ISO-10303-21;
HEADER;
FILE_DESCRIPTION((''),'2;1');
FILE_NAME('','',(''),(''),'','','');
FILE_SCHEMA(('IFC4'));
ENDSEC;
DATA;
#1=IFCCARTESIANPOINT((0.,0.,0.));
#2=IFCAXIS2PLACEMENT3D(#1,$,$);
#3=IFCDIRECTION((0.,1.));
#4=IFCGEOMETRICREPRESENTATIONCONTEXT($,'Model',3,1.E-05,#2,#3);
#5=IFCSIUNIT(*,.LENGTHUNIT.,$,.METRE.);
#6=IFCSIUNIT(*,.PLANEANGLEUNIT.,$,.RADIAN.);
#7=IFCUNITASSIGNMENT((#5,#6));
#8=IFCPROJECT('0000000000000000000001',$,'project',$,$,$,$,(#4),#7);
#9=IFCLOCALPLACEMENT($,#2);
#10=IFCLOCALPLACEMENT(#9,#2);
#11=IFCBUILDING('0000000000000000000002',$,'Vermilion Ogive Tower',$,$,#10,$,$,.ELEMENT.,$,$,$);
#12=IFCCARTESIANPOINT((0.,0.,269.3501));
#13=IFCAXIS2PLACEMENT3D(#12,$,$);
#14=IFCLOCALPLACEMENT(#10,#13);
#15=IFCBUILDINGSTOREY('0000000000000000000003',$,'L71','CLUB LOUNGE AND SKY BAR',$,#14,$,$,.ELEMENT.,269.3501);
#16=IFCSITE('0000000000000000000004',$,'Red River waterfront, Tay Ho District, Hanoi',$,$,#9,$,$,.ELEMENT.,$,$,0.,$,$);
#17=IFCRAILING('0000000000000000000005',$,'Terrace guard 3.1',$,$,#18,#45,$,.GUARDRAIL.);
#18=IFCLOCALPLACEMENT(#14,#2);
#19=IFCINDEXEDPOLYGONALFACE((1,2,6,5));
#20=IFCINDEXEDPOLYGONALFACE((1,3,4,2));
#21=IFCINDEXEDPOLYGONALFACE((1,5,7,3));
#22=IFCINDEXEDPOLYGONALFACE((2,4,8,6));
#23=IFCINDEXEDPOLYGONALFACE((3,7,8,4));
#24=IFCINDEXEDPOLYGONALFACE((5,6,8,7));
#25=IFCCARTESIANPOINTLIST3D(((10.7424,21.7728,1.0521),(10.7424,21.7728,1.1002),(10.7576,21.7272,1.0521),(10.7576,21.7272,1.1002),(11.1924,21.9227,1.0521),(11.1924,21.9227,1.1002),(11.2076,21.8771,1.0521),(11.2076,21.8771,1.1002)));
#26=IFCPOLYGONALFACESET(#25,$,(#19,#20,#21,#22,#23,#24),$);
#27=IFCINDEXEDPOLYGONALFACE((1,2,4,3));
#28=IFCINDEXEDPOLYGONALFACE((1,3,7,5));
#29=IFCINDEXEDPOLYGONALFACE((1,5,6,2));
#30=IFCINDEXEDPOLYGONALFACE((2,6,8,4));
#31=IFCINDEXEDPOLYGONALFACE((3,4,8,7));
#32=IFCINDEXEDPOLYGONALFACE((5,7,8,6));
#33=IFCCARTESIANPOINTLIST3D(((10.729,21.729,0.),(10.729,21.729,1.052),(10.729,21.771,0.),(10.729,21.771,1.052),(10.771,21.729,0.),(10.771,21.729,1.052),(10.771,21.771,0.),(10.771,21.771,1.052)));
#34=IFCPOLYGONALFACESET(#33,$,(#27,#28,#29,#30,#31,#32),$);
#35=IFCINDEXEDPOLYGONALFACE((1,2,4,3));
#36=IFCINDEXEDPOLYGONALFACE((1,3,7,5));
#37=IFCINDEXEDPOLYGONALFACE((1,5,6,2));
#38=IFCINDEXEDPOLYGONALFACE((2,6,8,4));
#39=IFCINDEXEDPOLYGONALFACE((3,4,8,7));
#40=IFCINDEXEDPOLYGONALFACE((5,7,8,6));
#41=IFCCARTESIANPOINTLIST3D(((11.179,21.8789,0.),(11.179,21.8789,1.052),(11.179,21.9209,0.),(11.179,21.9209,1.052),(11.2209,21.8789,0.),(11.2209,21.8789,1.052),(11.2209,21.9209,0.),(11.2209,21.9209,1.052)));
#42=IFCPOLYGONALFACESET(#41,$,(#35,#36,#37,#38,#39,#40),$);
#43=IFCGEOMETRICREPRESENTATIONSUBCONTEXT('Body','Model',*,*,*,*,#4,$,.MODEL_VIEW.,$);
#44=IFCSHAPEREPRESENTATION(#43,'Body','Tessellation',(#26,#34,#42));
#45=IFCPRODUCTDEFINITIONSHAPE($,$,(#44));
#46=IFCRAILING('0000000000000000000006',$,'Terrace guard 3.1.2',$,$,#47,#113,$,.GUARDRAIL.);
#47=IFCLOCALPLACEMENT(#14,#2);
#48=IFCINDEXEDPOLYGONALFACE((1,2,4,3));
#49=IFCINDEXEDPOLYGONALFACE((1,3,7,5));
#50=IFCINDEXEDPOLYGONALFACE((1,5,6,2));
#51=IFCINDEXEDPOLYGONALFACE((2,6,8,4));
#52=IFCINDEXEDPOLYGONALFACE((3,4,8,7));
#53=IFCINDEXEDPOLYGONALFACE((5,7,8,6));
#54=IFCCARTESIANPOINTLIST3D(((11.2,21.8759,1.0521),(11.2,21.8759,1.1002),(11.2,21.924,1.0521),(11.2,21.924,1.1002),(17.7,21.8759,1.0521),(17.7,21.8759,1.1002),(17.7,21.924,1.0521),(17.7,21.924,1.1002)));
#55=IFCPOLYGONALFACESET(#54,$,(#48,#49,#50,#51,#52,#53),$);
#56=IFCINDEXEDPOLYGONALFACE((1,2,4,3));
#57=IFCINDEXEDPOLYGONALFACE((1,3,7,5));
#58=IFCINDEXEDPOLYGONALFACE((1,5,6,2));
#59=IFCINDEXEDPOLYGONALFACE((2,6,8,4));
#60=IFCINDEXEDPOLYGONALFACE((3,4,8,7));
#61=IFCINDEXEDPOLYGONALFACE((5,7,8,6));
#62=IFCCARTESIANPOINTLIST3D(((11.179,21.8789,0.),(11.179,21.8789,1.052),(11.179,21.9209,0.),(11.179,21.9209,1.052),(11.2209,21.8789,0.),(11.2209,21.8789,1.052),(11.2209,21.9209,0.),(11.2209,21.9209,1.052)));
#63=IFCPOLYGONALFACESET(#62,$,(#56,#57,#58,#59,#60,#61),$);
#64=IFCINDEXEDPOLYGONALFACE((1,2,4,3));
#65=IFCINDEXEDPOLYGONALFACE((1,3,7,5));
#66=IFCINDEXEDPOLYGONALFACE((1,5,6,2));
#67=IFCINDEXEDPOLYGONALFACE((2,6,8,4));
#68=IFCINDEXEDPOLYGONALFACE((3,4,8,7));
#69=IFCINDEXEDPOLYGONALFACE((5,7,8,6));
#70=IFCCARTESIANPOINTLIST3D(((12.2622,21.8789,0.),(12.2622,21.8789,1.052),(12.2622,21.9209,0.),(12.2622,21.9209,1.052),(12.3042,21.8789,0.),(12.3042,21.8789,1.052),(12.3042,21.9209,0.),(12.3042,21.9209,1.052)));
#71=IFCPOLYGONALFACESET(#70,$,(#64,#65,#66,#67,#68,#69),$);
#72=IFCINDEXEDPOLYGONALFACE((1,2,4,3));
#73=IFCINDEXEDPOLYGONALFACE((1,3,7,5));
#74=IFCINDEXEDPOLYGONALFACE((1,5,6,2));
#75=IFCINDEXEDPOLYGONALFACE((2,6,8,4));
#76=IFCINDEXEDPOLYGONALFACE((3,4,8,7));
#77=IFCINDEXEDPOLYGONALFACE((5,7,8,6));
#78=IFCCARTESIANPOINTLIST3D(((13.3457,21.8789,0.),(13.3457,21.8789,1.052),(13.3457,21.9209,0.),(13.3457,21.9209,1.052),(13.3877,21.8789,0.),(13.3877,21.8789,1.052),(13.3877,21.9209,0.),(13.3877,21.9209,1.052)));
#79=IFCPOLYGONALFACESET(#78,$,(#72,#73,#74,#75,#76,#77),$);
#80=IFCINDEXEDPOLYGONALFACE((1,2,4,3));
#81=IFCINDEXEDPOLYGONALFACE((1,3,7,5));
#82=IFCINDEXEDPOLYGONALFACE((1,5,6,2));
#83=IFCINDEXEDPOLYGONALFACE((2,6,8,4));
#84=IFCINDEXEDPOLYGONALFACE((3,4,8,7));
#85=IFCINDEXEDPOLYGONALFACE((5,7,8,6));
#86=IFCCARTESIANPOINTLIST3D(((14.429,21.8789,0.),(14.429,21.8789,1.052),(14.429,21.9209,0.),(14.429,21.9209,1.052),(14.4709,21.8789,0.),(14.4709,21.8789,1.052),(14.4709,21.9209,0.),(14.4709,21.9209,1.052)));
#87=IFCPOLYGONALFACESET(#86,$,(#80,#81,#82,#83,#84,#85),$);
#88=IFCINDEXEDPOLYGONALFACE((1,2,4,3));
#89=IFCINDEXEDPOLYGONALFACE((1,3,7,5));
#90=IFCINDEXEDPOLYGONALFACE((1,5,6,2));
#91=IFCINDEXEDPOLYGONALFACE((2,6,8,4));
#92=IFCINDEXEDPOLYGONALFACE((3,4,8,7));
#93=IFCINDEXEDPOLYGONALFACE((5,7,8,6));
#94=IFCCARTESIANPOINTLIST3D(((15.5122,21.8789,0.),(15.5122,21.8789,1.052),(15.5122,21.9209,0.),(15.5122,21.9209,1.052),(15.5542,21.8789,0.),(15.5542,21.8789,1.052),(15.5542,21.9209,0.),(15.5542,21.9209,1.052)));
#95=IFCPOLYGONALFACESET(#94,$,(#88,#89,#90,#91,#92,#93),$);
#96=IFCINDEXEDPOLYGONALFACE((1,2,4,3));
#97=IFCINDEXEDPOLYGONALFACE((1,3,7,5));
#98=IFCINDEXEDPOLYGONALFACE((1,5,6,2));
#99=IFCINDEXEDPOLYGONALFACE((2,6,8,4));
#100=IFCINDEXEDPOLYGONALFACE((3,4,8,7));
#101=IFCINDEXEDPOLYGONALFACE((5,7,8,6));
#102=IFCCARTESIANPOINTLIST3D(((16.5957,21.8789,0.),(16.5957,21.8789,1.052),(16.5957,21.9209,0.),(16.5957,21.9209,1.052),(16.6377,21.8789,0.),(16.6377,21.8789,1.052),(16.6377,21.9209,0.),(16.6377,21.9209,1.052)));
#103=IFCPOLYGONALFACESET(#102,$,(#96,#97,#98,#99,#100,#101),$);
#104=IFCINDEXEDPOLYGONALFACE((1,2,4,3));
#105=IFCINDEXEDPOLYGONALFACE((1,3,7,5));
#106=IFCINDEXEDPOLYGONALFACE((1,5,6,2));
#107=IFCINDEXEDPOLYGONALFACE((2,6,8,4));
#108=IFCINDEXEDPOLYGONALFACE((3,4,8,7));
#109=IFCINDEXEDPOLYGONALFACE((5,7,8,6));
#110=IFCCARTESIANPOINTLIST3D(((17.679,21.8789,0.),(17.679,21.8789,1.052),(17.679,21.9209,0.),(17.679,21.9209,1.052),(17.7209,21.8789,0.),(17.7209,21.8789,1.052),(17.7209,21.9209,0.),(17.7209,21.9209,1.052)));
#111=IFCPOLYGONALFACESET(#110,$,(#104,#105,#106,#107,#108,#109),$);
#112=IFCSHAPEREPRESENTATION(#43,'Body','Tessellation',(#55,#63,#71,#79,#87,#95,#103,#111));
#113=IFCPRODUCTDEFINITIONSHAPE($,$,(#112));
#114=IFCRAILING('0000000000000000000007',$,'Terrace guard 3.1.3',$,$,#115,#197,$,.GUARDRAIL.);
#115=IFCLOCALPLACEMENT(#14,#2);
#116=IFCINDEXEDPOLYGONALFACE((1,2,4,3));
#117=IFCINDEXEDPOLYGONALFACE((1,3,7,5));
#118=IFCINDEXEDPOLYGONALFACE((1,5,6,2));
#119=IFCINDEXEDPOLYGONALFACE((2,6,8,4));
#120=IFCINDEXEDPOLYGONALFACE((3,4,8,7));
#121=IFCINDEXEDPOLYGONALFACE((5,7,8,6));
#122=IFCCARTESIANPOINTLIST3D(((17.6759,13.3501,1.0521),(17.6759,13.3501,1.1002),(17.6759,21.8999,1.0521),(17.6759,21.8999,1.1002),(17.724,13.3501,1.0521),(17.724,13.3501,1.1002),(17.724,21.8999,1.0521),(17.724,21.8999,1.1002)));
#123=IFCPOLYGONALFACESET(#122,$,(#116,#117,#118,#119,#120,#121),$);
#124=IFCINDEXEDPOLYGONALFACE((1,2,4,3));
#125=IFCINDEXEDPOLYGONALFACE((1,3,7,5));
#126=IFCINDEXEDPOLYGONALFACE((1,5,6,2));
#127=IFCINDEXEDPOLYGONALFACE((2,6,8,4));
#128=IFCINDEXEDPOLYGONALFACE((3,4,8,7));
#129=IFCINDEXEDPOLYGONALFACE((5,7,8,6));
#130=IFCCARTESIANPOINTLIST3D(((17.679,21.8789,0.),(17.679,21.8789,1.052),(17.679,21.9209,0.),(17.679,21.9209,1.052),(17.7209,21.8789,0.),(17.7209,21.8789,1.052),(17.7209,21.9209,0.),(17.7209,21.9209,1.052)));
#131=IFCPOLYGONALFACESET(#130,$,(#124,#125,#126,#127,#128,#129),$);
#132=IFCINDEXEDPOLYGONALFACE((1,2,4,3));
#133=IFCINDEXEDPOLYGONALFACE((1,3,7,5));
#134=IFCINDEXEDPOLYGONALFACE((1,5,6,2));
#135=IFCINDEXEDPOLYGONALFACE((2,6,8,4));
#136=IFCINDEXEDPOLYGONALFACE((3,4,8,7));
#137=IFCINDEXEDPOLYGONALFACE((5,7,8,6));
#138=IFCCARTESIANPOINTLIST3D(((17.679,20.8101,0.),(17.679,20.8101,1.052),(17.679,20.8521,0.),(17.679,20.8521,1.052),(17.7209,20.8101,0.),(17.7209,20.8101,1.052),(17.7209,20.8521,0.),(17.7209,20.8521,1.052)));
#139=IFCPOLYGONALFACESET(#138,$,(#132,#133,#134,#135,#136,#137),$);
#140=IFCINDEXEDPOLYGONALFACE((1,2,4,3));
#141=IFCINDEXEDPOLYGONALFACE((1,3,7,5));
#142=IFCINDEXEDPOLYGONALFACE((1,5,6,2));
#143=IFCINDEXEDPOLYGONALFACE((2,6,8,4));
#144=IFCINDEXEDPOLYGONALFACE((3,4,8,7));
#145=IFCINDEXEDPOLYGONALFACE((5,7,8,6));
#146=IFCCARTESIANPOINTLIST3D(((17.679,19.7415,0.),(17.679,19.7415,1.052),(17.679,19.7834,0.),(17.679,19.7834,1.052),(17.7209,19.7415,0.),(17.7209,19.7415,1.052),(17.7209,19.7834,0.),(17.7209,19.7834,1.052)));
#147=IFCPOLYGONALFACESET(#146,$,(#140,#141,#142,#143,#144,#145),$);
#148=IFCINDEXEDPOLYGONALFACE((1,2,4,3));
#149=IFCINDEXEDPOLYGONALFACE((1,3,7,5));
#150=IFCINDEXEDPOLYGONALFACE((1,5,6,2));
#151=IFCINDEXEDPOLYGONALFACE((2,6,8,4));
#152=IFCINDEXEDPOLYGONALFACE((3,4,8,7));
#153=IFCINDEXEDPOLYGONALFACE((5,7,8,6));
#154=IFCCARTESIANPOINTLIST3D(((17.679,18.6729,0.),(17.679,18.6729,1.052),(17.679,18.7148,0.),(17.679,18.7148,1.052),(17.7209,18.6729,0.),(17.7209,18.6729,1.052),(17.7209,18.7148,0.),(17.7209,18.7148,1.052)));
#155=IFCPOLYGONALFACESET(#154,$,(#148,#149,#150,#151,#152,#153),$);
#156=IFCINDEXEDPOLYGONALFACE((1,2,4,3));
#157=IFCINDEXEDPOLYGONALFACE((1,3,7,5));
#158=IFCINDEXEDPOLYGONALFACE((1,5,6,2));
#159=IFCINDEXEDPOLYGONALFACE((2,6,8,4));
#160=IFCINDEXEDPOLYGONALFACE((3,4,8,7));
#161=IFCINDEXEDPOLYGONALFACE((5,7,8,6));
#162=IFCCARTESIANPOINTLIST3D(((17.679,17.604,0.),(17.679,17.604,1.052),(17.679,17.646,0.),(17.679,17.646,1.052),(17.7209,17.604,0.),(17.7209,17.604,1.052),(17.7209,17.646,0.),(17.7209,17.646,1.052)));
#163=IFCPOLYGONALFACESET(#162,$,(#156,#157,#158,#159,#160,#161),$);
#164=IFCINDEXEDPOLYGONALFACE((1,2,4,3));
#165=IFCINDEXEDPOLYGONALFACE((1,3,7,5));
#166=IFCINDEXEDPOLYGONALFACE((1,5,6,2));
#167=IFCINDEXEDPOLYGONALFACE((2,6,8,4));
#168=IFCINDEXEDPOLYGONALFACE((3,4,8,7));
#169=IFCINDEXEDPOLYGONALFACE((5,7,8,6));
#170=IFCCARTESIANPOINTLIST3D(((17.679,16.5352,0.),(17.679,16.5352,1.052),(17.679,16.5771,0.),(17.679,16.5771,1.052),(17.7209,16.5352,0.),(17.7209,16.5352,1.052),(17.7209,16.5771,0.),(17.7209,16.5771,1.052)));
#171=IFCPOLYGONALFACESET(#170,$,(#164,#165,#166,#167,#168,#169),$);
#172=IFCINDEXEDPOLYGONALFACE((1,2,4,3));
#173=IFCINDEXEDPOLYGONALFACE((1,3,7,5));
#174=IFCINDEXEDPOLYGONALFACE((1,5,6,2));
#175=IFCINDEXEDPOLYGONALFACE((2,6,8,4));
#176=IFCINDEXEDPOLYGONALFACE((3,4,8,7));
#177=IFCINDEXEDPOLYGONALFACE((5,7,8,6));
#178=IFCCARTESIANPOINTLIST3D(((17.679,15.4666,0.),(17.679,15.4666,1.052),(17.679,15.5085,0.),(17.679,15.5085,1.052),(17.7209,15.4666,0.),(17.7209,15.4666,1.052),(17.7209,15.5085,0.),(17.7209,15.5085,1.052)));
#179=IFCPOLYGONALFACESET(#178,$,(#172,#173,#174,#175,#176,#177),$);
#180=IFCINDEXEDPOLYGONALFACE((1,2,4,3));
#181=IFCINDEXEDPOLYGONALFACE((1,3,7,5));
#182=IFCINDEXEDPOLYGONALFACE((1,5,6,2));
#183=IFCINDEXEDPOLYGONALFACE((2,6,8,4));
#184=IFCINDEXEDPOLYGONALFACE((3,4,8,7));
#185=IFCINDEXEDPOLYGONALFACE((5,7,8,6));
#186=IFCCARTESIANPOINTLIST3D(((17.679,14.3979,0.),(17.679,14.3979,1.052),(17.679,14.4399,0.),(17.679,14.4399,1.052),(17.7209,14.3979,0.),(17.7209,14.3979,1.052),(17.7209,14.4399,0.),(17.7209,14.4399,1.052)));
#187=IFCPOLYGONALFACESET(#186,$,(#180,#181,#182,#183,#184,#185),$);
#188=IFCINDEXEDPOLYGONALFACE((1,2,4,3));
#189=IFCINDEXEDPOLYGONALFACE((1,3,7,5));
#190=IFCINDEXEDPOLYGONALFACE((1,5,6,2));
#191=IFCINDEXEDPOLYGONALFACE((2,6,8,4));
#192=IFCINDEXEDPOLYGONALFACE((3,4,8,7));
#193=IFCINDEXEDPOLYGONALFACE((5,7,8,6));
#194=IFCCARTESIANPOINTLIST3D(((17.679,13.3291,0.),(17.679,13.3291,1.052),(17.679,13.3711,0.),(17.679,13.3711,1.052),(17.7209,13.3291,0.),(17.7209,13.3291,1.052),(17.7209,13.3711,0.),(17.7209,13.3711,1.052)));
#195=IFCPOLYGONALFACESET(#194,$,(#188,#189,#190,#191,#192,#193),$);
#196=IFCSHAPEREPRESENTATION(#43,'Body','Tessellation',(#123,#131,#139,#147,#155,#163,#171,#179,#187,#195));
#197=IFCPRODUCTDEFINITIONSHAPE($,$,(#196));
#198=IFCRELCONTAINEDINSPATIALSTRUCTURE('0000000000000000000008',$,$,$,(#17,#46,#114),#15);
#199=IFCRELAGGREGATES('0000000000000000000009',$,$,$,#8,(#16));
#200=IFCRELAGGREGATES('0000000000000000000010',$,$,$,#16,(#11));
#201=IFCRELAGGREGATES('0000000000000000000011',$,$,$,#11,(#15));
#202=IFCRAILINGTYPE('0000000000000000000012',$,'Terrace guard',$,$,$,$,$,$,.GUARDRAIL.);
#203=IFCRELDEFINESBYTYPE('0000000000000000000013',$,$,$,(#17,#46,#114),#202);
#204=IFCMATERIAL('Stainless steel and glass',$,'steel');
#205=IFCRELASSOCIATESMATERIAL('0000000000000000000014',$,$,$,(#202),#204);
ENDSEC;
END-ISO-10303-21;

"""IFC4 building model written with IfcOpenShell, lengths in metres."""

from ifc_helpers import new_model, si_unit, direction, frame, origin, origin_2d, place, context, subcontext, project, spatial, rectangle, extrude, material, type_object, element, save


model = new_model("IFC4")

# Units and contexts
model_context = context("Model", 3, precision=1e-05, world=origin(), true_north=direction((0.0, 1.0)))
body_context = subcontext(model_context, "Body", "Model", "MODEL_VIEW")
ifc_project = project(units=[si_unit("LENGTHUNIT", "METRE"), si_unit("PLANEANGLEUNIT", "RADIAN")], contexts=[model_context])

# Site, building, storey
site_placement = place(None, origin())
site = spatial("IfcSite", under=ifc_project, at=site_placement, Name="Red River waterfront, Tay Ho District, Hanoi", CompositionType="ELEMENT", RefElevation=0.0)
building_placement = place(site_placement, origin())
building = spatial("IfcBuilding", under=site, at=building_placement, Name="Vermilion Ogive Tower", CompositionType="ELEMENT")
storey_placement = place(building_placement, frame((0.0, 0.0, 269.3501)))
storey = spatial("IfcBuildingStorey", under=building, at=storey_placement, Name="L71", Description="CLUB LOUNGE AND SKY BAR", CompositionType="ELEMENT", Elevation=269.3501)

# Railings
ifc_material_1 = material(Name="Stainless steel and glass", Category="steel")
railing_type_1 = type_object("IfcRailingType", Name="Terrace guard", PredefinedType="GUARDRAIL", material=ifc_material_1)
railing_1_placement = place(storey_placement, frame((10.75, 21.75, 0.0)))
element("IfcRailing", 1, at=railing_1_placement, inside=storey, type_object=railing_type_1, Name="Terrace guard 3.1", PredefinedType="GUARDRAIL", context=body_context, shape_type="SweptSolid", body=[
    extrude(rectangle(XDim=0.0481, YDim=0.0481, at=origin_2d()), frame((0.0, 0.0, 1.0762), z_axis=(0.948735, 0.316073, 0.0), x_axis=(-0.316073, 0.948735, 0.0)), (0.0, 0.0, 1.0), 0.4744),
    extrude(rectangle(XDim=0.042, YDim=0.042, at=origin_2d()), origin(), (0.0, 0.0, 1.0), 1.052),
    extrude(rectangle(XDim=0.042, YDim=0.042, at=origin_2d()), frame((0.45, 0.1499, 0.0)), (0.0, 0.0, 1.0), 1.052),
])
railing_2_placement = place(storey_placement, frame((11.2, 21.8999, 0.0)))
element("IfcRailing", 2, at=railing_2_placement, inside=storey, type_object=railing_type_1, Name="Terrace guard 3.1.2", PredefinedType="GUARDRAIL", context=body_context, shape_type="SweptSolid", body=[
    extrude(rectangle(XDim=0.0481, YDim=0.0481, at=origin_2d()), frame((0.0, 0.0, 1.0762), z_axis=(1.0, 0.0, 0.0), x_axis=(0.0, 1.0, 0.0)), (0.0, 0.0, 1.0), 6.5),
    extrude(rectangle(XDim=0.042, YDim=0.042, at=origin_2d()), origin(), (0.0, 0.0, 1.0), 1.052),
    extrude(rectangle(XDim=0.042, YDim=0.042, at=origin_2d()), frame((1.0833, 0.0, 0.0)), (0.0, 0.0, 1.0), 1.052),
    extrude(rectangle(XDim=0.042, YDim=0.042, at=origin_2d()), frame((2.1667, 0.0, 0.0)), (0.0, 0.0, 1.0), 1.052),
    extrude(rectangle(XDim=0.042, YDim=0.042, at=origin_2d()), frame((3.25, 0.0, 0.0)), (0.0, 0.0, 1.0), 1.052),
    extrude(rectangle(XDim=0.042, YDim=0.042, at=origin_2d()), frame((4.3333, 0.0, 0.0)), (0.0, 0.0, 1.0), 1.052),
    extrude(rectangle(XDim=0.042, YDim=0.042, at=origin_2d()), frame((5.4167, 0.0, 0.0)), (0.0, 0.0, 1.0), 1.052),
    extrude(rectangle(XDim=0.042, YDim=0.042, at=origin_2d()), frame((6.5, 0.0, 0.0)), (0.0, 0.0, 1.0), 1.052),
])
railing_3_placement = place(storey_placement, frame((17.7, 21.8999, 0.0)))
element("IfcRailing", 3, at=railing_3_placement, inside=storey, type_object=railing_type_1, Name="Terrace guard 3.1.3", PredefinedType="GUARDRAIL", context=body_context, shape_type="SweptSolid", body=[
    extrude(rectangle(XDim=0.0481, YDim=0.0481, at=origin_2d()), frame((0.0, 0.0, 1.0762), z_axis=(0.0, -1.0, 0.0), x_axis=(1.0, 0.0, 0.0)), (0.0, 0.0, 1.0), 8.5498),
    extrude(rectangle(XDim=0.042, YDim=0.042, at=origin_2d()), origin(), (0.0, 0.0, 1.0), 1.052),
    extrude(rectangle(XDim=0.042, YDim=0.042, at=origin_2d()), frame((0.0, -1.0688, 0.0)), (0.0, 0.0, 1.0), 1.052),
    extrude(rectangle(XDim=0.042, YDim=0.042, at=origin_2d()), frame((0.0, -2.1375, 0.0)), (0.0, 0.0, 1.0), 1.052),
    extrude(rectangle(XDim=0.042, YDim=0.042, at=origin_2d()), frame((0.0, -3.2061, 0.0)), (0.0, 0.0, 1.0), 1.052),
    extrude(rectangle(XDim=0.042, YDim=0.042, at=origin_2d()), frame((0.0, -4.2749, 0.0)), (0.0, 0.0, 1.0), 1.052),
    extrude(rectangle(XDim=0.042, YDim=0.042, at=origin_2d()), frame((0.0, -5.3438, 0.0)), (0.0, 0.0, 1.0), 1.052),
    extrude(rectangle(XDim=0.042, YDim=0.042, at=origin_2d()), frame((0.0, -6.4124, 0.0)), (0.0, 0.0, 1.0), 1.052),
    extrude(rectangle(XDim=0.042, YDim=0.042, at=origin_2d()), frame((0.0, -7.481, 0.0)), (0.0, 0.0, 1.0), 1.052),
    extrude(rectangle(XDim=0.042, YDim=0.042, at=origin_2d()), frame((0.0, -8.5498, 0.0)), (0.0, 0.0, 1.0), 1.052),
])

save(model, "model.ifc")
